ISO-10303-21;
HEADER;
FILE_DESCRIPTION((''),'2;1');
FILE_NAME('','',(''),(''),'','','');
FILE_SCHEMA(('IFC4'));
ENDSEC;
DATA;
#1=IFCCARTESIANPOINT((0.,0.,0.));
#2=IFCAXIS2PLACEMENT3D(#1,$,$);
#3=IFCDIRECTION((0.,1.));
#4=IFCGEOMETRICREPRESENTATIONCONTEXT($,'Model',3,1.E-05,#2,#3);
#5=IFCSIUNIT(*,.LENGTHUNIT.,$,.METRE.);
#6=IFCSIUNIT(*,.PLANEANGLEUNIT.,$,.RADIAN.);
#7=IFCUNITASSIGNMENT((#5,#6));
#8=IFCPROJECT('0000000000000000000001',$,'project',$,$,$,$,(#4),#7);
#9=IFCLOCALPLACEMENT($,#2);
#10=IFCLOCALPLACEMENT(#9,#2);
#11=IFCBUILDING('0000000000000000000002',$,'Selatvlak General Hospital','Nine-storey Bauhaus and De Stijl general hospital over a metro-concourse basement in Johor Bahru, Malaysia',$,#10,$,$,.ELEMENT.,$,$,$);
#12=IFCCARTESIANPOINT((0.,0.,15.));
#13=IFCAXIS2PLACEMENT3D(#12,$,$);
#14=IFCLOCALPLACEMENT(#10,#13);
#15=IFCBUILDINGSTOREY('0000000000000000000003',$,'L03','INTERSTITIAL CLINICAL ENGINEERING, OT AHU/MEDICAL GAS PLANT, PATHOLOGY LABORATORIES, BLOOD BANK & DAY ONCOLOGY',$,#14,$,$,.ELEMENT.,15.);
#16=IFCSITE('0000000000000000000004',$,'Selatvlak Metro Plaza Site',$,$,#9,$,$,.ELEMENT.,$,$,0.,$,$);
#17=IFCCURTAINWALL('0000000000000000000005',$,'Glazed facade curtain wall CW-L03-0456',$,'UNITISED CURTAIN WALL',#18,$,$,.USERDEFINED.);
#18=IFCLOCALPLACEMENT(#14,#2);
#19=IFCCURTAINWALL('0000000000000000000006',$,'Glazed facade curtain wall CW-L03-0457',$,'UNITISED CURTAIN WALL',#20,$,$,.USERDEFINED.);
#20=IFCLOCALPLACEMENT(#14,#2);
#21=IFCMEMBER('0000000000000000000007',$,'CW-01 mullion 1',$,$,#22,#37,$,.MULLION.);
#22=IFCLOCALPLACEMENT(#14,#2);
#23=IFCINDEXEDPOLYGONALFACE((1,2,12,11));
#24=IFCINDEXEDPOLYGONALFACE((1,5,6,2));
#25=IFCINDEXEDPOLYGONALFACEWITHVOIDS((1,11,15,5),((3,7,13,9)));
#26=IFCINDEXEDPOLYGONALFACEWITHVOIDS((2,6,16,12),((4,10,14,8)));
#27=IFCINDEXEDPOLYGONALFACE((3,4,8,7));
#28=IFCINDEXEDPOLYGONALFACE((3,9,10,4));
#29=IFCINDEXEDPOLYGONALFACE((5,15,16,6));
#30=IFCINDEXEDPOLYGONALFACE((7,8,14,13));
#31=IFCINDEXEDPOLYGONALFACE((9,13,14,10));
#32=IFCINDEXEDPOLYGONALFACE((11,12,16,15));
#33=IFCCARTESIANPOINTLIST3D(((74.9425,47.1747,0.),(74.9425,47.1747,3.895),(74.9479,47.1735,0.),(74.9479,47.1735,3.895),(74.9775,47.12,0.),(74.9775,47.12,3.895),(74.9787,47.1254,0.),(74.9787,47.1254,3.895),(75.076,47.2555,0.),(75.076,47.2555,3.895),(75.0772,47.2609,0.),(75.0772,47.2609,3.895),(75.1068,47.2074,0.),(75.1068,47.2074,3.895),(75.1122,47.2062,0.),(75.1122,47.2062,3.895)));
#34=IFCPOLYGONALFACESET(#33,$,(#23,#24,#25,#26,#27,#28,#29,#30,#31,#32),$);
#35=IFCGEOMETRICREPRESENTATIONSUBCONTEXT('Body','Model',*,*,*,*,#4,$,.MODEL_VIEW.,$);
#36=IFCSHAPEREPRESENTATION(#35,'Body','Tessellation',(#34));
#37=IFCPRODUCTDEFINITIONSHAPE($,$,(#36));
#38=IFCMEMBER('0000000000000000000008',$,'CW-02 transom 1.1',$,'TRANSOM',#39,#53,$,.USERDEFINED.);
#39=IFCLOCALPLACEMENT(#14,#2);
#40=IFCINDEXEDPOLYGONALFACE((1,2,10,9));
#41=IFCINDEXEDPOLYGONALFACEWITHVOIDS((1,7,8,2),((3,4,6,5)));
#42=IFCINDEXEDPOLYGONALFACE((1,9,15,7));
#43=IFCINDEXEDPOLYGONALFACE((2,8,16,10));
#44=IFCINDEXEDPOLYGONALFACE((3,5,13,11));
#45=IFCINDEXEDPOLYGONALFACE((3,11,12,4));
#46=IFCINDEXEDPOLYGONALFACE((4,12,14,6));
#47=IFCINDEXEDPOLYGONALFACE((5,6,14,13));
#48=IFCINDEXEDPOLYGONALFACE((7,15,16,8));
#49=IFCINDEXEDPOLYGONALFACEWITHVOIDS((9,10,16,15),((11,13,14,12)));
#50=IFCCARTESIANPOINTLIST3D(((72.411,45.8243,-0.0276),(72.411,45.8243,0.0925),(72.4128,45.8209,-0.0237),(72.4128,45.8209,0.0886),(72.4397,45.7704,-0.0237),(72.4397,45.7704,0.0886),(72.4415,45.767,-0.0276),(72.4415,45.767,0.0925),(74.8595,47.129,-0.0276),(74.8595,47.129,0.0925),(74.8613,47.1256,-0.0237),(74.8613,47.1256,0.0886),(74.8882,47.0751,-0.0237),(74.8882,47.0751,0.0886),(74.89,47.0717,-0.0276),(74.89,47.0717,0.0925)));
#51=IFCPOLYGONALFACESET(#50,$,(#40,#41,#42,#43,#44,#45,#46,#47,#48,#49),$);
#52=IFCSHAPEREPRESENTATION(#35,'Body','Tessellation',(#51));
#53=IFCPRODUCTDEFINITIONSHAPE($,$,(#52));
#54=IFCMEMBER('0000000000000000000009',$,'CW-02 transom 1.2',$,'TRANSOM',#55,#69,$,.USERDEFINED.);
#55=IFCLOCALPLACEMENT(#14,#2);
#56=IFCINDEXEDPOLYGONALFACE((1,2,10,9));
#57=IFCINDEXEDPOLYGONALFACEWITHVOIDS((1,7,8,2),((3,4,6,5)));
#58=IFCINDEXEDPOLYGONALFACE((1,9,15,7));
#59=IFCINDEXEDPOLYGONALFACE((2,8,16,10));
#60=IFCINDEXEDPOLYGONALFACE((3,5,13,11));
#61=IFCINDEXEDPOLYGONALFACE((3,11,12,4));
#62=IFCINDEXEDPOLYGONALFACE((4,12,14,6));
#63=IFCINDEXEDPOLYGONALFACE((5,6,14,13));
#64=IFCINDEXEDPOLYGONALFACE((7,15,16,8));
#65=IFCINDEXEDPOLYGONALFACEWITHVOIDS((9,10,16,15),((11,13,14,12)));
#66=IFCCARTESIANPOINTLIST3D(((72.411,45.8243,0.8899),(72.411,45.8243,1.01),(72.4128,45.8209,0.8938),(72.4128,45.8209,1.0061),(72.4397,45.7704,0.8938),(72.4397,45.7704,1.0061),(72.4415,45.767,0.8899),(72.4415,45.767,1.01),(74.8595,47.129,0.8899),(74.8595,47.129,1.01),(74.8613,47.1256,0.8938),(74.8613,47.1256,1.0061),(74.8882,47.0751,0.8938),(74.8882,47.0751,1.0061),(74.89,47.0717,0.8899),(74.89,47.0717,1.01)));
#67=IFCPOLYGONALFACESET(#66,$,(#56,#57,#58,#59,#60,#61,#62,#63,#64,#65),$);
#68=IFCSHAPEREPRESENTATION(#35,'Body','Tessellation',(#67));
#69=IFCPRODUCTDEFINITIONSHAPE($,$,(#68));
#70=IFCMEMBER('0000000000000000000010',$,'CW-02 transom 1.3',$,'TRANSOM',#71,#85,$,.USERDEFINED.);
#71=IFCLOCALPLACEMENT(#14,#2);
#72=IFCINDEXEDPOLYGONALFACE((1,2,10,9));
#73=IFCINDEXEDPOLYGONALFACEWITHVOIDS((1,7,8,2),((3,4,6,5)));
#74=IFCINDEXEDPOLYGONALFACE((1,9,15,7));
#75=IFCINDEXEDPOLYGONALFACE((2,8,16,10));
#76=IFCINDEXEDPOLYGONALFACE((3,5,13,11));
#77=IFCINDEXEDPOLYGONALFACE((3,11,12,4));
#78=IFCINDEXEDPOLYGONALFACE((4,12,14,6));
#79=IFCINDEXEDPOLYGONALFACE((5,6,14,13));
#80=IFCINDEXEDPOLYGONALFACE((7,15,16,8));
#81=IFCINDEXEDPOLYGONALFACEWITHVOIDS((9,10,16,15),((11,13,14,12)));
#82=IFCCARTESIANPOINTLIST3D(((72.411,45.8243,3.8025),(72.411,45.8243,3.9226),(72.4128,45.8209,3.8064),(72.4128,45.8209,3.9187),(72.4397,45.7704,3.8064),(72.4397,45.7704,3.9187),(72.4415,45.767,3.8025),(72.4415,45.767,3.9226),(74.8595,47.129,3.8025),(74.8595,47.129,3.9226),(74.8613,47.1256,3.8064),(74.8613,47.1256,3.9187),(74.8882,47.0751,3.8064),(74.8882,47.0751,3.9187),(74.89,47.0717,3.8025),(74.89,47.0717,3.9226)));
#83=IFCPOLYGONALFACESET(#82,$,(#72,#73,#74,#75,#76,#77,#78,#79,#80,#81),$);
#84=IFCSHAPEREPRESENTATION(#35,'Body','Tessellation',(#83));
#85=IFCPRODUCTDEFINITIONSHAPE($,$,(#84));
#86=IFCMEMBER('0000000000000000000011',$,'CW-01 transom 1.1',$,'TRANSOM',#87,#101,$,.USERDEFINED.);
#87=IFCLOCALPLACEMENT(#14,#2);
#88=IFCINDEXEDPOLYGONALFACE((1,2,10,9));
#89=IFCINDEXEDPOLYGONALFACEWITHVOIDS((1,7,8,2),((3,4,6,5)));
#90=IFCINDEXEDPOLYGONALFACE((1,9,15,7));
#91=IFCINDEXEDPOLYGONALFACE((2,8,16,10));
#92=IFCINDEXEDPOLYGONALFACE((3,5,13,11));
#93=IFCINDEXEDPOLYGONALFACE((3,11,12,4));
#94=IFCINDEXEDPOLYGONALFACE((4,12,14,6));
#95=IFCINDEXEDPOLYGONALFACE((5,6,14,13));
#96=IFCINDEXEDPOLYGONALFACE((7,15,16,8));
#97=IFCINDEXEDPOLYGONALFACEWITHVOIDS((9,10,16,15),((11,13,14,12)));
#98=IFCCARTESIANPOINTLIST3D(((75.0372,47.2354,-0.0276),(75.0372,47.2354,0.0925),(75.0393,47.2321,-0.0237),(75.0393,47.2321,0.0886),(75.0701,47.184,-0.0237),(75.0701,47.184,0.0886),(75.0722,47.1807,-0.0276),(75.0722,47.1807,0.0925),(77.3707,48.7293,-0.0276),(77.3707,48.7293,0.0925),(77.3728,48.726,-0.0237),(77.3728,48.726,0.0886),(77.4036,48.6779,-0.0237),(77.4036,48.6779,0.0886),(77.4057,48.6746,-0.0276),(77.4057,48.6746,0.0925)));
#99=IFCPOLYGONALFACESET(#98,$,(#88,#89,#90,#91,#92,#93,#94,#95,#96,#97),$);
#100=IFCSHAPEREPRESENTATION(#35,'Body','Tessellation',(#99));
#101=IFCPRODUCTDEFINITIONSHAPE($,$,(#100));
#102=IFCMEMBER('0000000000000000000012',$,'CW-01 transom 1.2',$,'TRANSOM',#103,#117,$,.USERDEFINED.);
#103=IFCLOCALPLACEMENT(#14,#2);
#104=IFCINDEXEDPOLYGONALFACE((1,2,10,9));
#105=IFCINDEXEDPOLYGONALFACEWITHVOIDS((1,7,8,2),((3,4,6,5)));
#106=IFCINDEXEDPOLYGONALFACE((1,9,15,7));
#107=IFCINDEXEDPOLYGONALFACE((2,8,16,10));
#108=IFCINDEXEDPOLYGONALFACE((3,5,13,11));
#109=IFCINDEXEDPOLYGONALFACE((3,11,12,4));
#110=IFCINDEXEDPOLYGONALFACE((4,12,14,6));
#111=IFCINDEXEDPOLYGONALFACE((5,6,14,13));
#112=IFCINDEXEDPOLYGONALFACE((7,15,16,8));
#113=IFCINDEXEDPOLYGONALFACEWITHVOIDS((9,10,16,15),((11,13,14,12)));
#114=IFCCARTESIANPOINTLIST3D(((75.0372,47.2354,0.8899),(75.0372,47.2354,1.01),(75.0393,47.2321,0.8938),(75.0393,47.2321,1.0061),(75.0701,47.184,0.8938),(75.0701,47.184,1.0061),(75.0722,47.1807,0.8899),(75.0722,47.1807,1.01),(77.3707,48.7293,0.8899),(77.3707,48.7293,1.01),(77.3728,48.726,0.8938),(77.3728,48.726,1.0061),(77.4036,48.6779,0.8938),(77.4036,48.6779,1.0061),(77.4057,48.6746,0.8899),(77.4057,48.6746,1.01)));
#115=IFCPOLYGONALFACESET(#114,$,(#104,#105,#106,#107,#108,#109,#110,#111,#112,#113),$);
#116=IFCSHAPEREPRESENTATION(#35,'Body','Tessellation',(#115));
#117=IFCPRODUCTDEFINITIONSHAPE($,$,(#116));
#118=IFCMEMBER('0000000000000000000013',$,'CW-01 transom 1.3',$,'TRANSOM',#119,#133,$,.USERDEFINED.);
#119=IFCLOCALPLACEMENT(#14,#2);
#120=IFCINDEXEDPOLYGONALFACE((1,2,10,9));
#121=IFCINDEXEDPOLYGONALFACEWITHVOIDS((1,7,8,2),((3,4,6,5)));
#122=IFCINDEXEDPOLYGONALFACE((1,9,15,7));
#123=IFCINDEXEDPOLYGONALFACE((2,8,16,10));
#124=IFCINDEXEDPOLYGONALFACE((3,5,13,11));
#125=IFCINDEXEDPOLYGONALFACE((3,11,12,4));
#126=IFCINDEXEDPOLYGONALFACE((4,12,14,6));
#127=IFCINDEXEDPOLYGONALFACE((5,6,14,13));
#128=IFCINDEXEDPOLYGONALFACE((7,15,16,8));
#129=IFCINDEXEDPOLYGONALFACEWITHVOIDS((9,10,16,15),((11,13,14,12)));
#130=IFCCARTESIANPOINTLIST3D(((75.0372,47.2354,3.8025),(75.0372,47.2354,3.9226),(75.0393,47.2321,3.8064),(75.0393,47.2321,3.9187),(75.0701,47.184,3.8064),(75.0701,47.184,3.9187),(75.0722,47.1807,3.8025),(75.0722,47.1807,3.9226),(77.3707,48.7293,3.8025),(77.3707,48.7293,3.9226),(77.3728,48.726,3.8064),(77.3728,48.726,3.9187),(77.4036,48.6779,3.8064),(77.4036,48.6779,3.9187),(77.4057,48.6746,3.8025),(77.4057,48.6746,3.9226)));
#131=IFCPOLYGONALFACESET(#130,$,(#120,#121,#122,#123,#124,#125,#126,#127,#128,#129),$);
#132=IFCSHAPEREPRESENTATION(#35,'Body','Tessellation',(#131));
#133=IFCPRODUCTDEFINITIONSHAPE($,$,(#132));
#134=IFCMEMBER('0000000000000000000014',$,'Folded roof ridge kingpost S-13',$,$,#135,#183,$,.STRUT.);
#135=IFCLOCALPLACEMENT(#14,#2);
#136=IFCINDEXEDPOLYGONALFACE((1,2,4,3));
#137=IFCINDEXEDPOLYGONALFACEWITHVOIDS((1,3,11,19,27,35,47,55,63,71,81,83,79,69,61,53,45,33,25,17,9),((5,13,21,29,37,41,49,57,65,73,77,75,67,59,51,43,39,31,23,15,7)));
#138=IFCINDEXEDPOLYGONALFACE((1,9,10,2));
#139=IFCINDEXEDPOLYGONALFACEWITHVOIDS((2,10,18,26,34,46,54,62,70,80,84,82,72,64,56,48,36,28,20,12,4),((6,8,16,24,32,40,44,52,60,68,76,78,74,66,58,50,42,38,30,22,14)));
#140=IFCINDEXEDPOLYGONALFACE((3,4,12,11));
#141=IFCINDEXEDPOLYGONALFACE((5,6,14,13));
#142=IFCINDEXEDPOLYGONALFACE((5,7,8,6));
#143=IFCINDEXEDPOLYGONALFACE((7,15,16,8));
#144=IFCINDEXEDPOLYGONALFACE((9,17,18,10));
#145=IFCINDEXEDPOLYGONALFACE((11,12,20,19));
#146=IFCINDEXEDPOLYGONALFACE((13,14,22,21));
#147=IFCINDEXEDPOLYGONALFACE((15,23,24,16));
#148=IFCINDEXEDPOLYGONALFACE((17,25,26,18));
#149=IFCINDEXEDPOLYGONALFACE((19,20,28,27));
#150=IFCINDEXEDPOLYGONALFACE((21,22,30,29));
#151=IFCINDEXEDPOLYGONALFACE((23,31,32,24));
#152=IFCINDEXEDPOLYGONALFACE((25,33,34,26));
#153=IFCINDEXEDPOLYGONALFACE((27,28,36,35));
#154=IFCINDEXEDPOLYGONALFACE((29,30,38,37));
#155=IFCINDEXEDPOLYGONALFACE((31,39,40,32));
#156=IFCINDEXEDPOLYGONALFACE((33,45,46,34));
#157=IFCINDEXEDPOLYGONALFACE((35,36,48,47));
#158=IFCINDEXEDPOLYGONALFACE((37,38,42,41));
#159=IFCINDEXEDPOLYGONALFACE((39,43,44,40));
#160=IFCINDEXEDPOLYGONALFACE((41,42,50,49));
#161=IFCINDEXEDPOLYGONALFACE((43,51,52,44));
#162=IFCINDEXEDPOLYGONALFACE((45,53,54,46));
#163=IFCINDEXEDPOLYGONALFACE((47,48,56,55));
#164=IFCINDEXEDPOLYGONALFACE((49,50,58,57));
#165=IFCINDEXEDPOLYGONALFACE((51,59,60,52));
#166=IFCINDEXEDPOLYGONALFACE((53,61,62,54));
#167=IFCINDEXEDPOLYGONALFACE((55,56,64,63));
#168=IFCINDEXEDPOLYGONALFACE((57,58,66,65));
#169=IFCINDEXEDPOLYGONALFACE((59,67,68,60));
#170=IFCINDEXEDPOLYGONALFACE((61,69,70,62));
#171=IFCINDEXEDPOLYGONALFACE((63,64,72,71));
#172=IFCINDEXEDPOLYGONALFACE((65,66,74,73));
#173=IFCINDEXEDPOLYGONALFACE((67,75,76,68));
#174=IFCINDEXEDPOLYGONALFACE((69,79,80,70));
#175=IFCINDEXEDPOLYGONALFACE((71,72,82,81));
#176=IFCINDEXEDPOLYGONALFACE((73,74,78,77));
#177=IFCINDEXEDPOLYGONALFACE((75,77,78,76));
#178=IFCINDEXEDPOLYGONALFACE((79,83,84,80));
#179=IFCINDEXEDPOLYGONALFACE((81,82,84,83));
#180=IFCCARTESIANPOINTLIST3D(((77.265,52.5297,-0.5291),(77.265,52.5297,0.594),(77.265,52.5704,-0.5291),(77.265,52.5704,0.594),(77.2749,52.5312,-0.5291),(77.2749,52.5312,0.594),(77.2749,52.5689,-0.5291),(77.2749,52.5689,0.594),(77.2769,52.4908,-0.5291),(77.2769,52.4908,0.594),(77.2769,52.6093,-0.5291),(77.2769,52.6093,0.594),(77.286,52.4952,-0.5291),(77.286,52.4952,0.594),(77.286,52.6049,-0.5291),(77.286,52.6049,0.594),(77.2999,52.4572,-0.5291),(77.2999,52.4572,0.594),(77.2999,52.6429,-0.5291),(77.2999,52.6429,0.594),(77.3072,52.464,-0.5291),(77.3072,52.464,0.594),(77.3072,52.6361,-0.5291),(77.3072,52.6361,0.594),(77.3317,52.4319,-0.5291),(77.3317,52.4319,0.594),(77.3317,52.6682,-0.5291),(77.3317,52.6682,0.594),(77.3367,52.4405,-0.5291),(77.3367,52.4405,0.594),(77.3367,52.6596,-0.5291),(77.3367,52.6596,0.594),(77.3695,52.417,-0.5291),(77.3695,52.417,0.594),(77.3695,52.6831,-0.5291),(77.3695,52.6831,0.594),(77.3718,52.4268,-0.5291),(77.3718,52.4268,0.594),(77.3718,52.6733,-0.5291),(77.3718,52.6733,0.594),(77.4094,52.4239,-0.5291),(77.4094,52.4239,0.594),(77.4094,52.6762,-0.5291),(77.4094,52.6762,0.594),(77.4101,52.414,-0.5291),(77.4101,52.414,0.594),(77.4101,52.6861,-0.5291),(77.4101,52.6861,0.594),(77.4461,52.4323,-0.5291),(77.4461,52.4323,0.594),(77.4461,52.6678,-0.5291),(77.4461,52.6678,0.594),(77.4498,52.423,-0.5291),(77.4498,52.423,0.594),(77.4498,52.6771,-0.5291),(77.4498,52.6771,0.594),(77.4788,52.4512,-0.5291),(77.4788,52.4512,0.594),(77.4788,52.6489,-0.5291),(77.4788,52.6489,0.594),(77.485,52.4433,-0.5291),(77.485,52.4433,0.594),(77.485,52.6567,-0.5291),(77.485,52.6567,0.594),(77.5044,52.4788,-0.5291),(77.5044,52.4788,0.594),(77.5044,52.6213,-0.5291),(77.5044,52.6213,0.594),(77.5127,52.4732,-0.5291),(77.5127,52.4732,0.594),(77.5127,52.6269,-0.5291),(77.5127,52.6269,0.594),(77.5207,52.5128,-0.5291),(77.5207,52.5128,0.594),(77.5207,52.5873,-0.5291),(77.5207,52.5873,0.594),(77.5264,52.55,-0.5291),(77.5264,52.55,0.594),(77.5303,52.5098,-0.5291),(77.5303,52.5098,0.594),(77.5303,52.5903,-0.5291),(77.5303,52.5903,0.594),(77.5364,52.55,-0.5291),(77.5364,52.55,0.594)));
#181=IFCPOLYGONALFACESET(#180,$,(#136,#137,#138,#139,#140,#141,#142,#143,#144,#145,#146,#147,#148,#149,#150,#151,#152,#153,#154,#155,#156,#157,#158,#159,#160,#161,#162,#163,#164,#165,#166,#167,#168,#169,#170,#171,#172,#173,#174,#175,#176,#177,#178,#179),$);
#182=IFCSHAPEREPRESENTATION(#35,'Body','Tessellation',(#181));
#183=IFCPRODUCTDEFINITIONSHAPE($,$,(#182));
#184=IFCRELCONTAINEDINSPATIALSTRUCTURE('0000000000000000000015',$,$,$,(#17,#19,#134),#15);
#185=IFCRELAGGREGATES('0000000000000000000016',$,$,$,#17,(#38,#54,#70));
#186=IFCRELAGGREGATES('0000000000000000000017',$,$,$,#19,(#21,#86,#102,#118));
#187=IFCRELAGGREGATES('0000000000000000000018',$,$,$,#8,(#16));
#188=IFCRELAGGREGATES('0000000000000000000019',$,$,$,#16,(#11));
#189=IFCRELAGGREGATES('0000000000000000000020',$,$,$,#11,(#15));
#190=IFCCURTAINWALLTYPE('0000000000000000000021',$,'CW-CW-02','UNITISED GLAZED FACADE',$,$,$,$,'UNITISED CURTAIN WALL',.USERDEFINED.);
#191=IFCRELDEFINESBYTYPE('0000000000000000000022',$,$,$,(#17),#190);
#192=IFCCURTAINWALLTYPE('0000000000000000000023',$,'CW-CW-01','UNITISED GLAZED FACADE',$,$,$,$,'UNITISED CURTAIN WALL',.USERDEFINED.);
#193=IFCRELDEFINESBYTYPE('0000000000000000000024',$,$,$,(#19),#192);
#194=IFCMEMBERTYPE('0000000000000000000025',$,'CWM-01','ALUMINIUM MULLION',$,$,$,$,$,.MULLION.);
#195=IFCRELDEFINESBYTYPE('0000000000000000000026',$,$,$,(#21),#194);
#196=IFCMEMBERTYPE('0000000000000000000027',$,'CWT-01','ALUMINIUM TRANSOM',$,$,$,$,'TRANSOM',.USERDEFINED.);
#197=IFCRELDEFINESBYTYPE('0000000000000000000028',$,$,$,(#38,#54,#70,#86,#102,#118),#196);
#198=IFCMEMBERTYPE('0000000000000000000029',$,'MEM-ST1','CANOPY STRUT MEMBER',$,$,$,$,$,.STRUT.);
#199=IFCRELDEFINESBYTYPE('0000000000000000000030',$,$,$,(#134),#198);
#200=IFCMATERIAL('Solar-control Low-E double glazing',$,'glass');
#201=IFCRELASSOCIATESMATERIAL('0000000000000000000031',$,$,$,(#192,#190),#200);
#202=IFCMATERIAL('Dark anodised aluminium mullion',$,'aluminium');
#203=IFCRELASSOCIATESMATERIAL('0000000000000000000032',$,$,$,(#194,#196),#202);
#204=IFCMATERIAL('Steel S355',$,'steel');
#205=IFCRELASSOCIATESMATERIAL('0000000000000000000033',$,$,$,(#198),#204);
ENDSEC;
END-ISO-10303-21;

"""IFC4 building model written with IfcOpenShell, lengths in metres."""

from ifc_helpers import new_model, si_unit, direction, frame, origin, origin_2d, place, context, subcontext, project, spatial, hollow_rectangle, hollow_circle, extrude, material, material_profile, profile_set, type_object, element, aggregate, save


model = new_model("IFC4")

# Units and contexts
model_context = context("Model", 3, precision=1e-05, world=origin(), true_north=direction((0.0, 1.0)))
body_context = subcontext(model_context, "Body", "Model", "MODEL_VIEW")
ifc_project = project(units=[si_unit("LENGTHUNIT", "METRE"), si_unit("PLANEANGLEUNIT", "RADIAN")], contexts=[model_context])

# Site, building, storey
site_placement = place(None, origin())
site = spatial("IfcSite", under=ifc_project, at=site_placement, Name="Selatvlak Metro Plaza Site", CompositionType="ELEMENT", RefElevation=0.0)
building_placement = place(site_placement, origin())
building = spatial("IfcBuilding", under=site, at=building_placement, Name="Selatvlak General Hospital", Description="Nine-storey Bauhaus and De Stijl general hospital over a metro-concourse basement in Johor Bahru, Malaysia", CompositionType="ELEMENT")
storey_placement = place(building_placement, frame((0.0, 0.0, 15.0)))
storey = spatial("IfcBuildingStorey", under=building, at=storey_placement, Name="L03", Description="INTERSTITIAL CLINICAL ENGINEERING, OT AHU/MEDICAL GAS PLANT, PATHOLOGY LABORATORIES, BLOOD BANK & DAY ONCOLOGY", CompositionType="ELEMENT", Elevation=15.0)

# Shared definitions
ifc_material_1 = material(Name="Steel S355", Category="steel")

# Shared definitions
ifc_material_2 = material(Name="Solar-control Low-E double glazing", Category="glass")
curtain_wall_type_1 = type_object("IfcCurtainWallType", Name="CW-CW-01", Description="UNITISED GLAZED FACADE", ElementType="UNITISED CURTAIN WALL", PredefinedType="USERDEFINED", material=ifc_material_2)
ifc_material_3 = material(Name="Dark anodised aluminium mullion", Category="aluminium")
ifc_material_profile_1 = material_profile(ifc_material_3, hollow_rectangle(XDim=0.0649, YDim=0.1599, WallThickness=0.0039, at=origin_2d()), Name="AL-MUL 65x160x4")
ifc_profile_set_1 = profile_set([ifc_material_profile_1], Name="Dark anodised aluminium mullion")
member_type_1 = type_object("IfcMemberType", Name="CWM-01", Description="ALUMINIUM MULLION", PredefinedType="MULLION", material=ifc_profile_set_1)

# Curtain wall
curtain_wall_type_2 = type_object("IfcCurtainWallType", Name="CW-CW-02", Description="UNITISED GLAZED FACADE", ElementType="UNITISED CURTAIN WALL", PredefinedType="USERDEFINED", material=ifc_material_2)
curtain_wall_1_placement = place(storey_placement, origin())
curtain_wall_1 = element("IfcCurtainWall", 1, at=curtain_wall_1_placement, inside=storey, type_object=curtain_wall_type_2, Name="Glazed facade curtain wall CW-L03-0456", ObjectType="UNITISED CURTAIN WALL", PredefinedType="USERDEFINED")

# Curtain wall, member
curtain_wall_2_placement = place(storey_placement, origin())
curtain_wall_2 = element("IfcCurtainWall", 2, at=curtain_wall_2_placement, inside=storey, type_object=curtain_wall_type_1, Name="Glazed facade curtain wall CW-L03-0457", ObjectType="UNITISED CURTAIN WALL", PredefinedType="USERDEFINED")
member_1_placement = place(storey_placement, frame((75.0273, 47.1904, 0.0), z_axis=(0.0, 0.0, 1.0), x_axis=(-0.539171, 0.842196, 0.0)))
member_1 = element("IfcMember", 3, at=member_1_placement, type_object=member_type_1, Name="CW-01 mullion 1", PredefinedType="MULLION", context=body_context, shape_type="SweptSolid", body=[
    extrude(hollow_rectangle(XDim=0.0649, YDim=0.1599, WallThickness=0.0039, at=origin_2d()), origin(), (0.0, 0.0, 1.0), 3.895),
])

# Members
ifc_material_profile_2 = material_profile(ifc_material_3, hollow_rectangle(XDim=0.0649, YDim=0.1201, WallThickness=0.0039, at=origin_2d()), Name="AL-TRN 65x120x4")
ifc_profile_set_2 = profile_set([ifc_material_profile_2], Name="Dark anodised aluminium mullion")
member_type_2 = type_object("IfcMemberType", Name="CWT-01", Description="ALUMINIUM TRANSOM", ElementType="TRANSOM", PredefinedType="USERDEFINED", material=ifc_profile_set_2)
member_2_placement = place(storey_placement, frame((72.4263, 45.7957, 0.0325), z_axis=(0.882528, 0.470259, 0.0), x_axis=(-0.470259, 0.882528, 0.0)))
member_2 = element("IfcMember", 4, at=member_2_placement, type_object=member_type_2, Name="CW-02 transom 1.1", ObjectType="TRANSOM", PredefinedType="USERDEFINED", context=body_context, shape_type="SweptSolid", body=[
    extrude(hollow_rectangle(XDim=0.0649, YDim=0.1201, WallThickness=0.0039, at=origin_2d()), origin(), (0.0, 0.0, 1.0), 2.7744),
])
member_3_placement = place(storey_placement, frame((72.4263, 45.7957, 0.95), z_axis=(0.882528, 0.470259, 0.0), x_axis=(-0.470259, 0.882528, 0.0)))
member_3 = element("IfcMember", 5, at=member_3_placement, type_object=member_type_2, Name="CW-02 transom 1.2", ObjectType="TRANSOM", PredefinedType="USERDEFINED", context=body_context, shape_type="SweptSolid", body=[
    extrude(hollow_rectangle(XDim=0.0649, YDim=0.1201, WallThickness=0.0039, at=origin_2d()), origin(), (0.0, 0.0, 1.0), 2.7744),
])
member_4_placement = place(storey_placement, frame((72.4263, 45.7957, 3.8625), z_axis=(0.882528, 0.470259, 0.0), x_axis=(-0.470259, 0.882528, 0.0)))
member_4 = element("IfcMember", 6, at=member_4_placement, type_object=member_type_2, Name="CW-02 transom 1.3", ObjectType="TRANSOM", PredefinedType="USERDEFINED", context=body_context, shape_type="SweptSolid", body=[
    extrude(hollow_rectangle(XDim=0.0649, YDim=0.1201, WallThickness=0.0039, at=origin_2d()), origin(), (0.0, 0.0, 1.0), 2.7744),
])
member_5_placement = place(storey_placement, frame((75.0547, 47.208, 0.0325), z_axis=(0.842196, 0.539171, 0.0), x_axis=(-0.539171, 0.842196, 0.0)))
member_5 = element("IfcMember", 7, at=member_5_placement, type_object=member_type_2, Name="CW-01 transom 1.1", ObjectType="TRANSOM", PredefinedType="USERDEFINED", context=body_context, shape_type="SweptSolid", body=[
    extrude(hollow_rectangle(XDim=0.0649, YDim=0.1201, WallThickness=0.0039, at=origin_2d()), origin(), (0.0, 0.0, 1.0), 2.7708),
])
member_6_placement = place(storey_placement, frame((75.0547, 47.208, 0.95), z_axis=(0.842196, 0.539171, 0.0), x_axis=(-0.539171, 0.842196, 0.0)))
member_6 = element("IfcMember", 8, at=member_6_placement, type_object=member_type_2, Name="CW-01 transom 1.2", ObjectType="TRANSOM", PredefinedType="USERDEFINED", context=body_context, shape_type="SweptSolid", body=[
    extrude(hollow_rectangle(XDim=0.0649, YDim=0.1201, WallThickness=0.0039, at=origin_2d()), origin(), (0.0, 0.0, 1.0), 2.7708),
])
member_7_placement = place(storey_placement, frame((75.0547, 47.208, 3.8625), z_axis=(0.842196, 0.539171, 0.0), x_axis=(-0.539171, 0.842196, 0.0)))
member_7 = element("IfcMember", 9, at=member_7_placement, type_object=member_type_2, Name="CW-01 transom 1.3", ObjectType="TRANSOM", PredefinedType="USERDEFINED", context=body_context, shape_type="SweptSolid", body=[
    extrude(hollow_rectangle(XDim=0.0649, YDim=0.1201, WallThickness=0.0039, at=origin_2d()), origin(), (0.0, 0.0, 1.0), 2.7708),
])
ifc_material_profile_3 = material_profile(ifc_material_1, hollow_circle(Radius=0.1365, WallThickness=0.01, at=origin_2d()), Name="CHS 273.0x10")
ifc_profile_set_3 = profile_set([ifc_material_profile_3], Name="Steel S355")
member_type_3 = type_object("IfcMemberType", Name="MEM-ST1", Description="CANOPY STRUT MEMBER", PredefinedType="STRUT", material=ifc_profile_set_3)
member_8_placement = place(storey_placement, frame((77.3999, 52.55, -0.5291), z_axis=(0.0, 0.0, 1.0), x_axis=(1.0, 0.0, 0.0)))
element("IfcMember", 10, at=member_8_placement, inside=storey, type_object=member_type_3, Name="Folded roof ridge kingpost S-13", PredefinedType="STRUT", context=body_context, shape_type="SweptSolid", body=[
    extrude(hollow_circle(Radius=0.1365, WallThickness=0.01, at=origin_2d()), origin(), (0.0, 0.0, 1.0), 1.123),
])

aggregate(curtain_wall_1, [member_2, member_3, member_4])
aggregate(curtain_wall_2, [member_1, member_5, member_6, member_7])

save(model, "model.ifc")
